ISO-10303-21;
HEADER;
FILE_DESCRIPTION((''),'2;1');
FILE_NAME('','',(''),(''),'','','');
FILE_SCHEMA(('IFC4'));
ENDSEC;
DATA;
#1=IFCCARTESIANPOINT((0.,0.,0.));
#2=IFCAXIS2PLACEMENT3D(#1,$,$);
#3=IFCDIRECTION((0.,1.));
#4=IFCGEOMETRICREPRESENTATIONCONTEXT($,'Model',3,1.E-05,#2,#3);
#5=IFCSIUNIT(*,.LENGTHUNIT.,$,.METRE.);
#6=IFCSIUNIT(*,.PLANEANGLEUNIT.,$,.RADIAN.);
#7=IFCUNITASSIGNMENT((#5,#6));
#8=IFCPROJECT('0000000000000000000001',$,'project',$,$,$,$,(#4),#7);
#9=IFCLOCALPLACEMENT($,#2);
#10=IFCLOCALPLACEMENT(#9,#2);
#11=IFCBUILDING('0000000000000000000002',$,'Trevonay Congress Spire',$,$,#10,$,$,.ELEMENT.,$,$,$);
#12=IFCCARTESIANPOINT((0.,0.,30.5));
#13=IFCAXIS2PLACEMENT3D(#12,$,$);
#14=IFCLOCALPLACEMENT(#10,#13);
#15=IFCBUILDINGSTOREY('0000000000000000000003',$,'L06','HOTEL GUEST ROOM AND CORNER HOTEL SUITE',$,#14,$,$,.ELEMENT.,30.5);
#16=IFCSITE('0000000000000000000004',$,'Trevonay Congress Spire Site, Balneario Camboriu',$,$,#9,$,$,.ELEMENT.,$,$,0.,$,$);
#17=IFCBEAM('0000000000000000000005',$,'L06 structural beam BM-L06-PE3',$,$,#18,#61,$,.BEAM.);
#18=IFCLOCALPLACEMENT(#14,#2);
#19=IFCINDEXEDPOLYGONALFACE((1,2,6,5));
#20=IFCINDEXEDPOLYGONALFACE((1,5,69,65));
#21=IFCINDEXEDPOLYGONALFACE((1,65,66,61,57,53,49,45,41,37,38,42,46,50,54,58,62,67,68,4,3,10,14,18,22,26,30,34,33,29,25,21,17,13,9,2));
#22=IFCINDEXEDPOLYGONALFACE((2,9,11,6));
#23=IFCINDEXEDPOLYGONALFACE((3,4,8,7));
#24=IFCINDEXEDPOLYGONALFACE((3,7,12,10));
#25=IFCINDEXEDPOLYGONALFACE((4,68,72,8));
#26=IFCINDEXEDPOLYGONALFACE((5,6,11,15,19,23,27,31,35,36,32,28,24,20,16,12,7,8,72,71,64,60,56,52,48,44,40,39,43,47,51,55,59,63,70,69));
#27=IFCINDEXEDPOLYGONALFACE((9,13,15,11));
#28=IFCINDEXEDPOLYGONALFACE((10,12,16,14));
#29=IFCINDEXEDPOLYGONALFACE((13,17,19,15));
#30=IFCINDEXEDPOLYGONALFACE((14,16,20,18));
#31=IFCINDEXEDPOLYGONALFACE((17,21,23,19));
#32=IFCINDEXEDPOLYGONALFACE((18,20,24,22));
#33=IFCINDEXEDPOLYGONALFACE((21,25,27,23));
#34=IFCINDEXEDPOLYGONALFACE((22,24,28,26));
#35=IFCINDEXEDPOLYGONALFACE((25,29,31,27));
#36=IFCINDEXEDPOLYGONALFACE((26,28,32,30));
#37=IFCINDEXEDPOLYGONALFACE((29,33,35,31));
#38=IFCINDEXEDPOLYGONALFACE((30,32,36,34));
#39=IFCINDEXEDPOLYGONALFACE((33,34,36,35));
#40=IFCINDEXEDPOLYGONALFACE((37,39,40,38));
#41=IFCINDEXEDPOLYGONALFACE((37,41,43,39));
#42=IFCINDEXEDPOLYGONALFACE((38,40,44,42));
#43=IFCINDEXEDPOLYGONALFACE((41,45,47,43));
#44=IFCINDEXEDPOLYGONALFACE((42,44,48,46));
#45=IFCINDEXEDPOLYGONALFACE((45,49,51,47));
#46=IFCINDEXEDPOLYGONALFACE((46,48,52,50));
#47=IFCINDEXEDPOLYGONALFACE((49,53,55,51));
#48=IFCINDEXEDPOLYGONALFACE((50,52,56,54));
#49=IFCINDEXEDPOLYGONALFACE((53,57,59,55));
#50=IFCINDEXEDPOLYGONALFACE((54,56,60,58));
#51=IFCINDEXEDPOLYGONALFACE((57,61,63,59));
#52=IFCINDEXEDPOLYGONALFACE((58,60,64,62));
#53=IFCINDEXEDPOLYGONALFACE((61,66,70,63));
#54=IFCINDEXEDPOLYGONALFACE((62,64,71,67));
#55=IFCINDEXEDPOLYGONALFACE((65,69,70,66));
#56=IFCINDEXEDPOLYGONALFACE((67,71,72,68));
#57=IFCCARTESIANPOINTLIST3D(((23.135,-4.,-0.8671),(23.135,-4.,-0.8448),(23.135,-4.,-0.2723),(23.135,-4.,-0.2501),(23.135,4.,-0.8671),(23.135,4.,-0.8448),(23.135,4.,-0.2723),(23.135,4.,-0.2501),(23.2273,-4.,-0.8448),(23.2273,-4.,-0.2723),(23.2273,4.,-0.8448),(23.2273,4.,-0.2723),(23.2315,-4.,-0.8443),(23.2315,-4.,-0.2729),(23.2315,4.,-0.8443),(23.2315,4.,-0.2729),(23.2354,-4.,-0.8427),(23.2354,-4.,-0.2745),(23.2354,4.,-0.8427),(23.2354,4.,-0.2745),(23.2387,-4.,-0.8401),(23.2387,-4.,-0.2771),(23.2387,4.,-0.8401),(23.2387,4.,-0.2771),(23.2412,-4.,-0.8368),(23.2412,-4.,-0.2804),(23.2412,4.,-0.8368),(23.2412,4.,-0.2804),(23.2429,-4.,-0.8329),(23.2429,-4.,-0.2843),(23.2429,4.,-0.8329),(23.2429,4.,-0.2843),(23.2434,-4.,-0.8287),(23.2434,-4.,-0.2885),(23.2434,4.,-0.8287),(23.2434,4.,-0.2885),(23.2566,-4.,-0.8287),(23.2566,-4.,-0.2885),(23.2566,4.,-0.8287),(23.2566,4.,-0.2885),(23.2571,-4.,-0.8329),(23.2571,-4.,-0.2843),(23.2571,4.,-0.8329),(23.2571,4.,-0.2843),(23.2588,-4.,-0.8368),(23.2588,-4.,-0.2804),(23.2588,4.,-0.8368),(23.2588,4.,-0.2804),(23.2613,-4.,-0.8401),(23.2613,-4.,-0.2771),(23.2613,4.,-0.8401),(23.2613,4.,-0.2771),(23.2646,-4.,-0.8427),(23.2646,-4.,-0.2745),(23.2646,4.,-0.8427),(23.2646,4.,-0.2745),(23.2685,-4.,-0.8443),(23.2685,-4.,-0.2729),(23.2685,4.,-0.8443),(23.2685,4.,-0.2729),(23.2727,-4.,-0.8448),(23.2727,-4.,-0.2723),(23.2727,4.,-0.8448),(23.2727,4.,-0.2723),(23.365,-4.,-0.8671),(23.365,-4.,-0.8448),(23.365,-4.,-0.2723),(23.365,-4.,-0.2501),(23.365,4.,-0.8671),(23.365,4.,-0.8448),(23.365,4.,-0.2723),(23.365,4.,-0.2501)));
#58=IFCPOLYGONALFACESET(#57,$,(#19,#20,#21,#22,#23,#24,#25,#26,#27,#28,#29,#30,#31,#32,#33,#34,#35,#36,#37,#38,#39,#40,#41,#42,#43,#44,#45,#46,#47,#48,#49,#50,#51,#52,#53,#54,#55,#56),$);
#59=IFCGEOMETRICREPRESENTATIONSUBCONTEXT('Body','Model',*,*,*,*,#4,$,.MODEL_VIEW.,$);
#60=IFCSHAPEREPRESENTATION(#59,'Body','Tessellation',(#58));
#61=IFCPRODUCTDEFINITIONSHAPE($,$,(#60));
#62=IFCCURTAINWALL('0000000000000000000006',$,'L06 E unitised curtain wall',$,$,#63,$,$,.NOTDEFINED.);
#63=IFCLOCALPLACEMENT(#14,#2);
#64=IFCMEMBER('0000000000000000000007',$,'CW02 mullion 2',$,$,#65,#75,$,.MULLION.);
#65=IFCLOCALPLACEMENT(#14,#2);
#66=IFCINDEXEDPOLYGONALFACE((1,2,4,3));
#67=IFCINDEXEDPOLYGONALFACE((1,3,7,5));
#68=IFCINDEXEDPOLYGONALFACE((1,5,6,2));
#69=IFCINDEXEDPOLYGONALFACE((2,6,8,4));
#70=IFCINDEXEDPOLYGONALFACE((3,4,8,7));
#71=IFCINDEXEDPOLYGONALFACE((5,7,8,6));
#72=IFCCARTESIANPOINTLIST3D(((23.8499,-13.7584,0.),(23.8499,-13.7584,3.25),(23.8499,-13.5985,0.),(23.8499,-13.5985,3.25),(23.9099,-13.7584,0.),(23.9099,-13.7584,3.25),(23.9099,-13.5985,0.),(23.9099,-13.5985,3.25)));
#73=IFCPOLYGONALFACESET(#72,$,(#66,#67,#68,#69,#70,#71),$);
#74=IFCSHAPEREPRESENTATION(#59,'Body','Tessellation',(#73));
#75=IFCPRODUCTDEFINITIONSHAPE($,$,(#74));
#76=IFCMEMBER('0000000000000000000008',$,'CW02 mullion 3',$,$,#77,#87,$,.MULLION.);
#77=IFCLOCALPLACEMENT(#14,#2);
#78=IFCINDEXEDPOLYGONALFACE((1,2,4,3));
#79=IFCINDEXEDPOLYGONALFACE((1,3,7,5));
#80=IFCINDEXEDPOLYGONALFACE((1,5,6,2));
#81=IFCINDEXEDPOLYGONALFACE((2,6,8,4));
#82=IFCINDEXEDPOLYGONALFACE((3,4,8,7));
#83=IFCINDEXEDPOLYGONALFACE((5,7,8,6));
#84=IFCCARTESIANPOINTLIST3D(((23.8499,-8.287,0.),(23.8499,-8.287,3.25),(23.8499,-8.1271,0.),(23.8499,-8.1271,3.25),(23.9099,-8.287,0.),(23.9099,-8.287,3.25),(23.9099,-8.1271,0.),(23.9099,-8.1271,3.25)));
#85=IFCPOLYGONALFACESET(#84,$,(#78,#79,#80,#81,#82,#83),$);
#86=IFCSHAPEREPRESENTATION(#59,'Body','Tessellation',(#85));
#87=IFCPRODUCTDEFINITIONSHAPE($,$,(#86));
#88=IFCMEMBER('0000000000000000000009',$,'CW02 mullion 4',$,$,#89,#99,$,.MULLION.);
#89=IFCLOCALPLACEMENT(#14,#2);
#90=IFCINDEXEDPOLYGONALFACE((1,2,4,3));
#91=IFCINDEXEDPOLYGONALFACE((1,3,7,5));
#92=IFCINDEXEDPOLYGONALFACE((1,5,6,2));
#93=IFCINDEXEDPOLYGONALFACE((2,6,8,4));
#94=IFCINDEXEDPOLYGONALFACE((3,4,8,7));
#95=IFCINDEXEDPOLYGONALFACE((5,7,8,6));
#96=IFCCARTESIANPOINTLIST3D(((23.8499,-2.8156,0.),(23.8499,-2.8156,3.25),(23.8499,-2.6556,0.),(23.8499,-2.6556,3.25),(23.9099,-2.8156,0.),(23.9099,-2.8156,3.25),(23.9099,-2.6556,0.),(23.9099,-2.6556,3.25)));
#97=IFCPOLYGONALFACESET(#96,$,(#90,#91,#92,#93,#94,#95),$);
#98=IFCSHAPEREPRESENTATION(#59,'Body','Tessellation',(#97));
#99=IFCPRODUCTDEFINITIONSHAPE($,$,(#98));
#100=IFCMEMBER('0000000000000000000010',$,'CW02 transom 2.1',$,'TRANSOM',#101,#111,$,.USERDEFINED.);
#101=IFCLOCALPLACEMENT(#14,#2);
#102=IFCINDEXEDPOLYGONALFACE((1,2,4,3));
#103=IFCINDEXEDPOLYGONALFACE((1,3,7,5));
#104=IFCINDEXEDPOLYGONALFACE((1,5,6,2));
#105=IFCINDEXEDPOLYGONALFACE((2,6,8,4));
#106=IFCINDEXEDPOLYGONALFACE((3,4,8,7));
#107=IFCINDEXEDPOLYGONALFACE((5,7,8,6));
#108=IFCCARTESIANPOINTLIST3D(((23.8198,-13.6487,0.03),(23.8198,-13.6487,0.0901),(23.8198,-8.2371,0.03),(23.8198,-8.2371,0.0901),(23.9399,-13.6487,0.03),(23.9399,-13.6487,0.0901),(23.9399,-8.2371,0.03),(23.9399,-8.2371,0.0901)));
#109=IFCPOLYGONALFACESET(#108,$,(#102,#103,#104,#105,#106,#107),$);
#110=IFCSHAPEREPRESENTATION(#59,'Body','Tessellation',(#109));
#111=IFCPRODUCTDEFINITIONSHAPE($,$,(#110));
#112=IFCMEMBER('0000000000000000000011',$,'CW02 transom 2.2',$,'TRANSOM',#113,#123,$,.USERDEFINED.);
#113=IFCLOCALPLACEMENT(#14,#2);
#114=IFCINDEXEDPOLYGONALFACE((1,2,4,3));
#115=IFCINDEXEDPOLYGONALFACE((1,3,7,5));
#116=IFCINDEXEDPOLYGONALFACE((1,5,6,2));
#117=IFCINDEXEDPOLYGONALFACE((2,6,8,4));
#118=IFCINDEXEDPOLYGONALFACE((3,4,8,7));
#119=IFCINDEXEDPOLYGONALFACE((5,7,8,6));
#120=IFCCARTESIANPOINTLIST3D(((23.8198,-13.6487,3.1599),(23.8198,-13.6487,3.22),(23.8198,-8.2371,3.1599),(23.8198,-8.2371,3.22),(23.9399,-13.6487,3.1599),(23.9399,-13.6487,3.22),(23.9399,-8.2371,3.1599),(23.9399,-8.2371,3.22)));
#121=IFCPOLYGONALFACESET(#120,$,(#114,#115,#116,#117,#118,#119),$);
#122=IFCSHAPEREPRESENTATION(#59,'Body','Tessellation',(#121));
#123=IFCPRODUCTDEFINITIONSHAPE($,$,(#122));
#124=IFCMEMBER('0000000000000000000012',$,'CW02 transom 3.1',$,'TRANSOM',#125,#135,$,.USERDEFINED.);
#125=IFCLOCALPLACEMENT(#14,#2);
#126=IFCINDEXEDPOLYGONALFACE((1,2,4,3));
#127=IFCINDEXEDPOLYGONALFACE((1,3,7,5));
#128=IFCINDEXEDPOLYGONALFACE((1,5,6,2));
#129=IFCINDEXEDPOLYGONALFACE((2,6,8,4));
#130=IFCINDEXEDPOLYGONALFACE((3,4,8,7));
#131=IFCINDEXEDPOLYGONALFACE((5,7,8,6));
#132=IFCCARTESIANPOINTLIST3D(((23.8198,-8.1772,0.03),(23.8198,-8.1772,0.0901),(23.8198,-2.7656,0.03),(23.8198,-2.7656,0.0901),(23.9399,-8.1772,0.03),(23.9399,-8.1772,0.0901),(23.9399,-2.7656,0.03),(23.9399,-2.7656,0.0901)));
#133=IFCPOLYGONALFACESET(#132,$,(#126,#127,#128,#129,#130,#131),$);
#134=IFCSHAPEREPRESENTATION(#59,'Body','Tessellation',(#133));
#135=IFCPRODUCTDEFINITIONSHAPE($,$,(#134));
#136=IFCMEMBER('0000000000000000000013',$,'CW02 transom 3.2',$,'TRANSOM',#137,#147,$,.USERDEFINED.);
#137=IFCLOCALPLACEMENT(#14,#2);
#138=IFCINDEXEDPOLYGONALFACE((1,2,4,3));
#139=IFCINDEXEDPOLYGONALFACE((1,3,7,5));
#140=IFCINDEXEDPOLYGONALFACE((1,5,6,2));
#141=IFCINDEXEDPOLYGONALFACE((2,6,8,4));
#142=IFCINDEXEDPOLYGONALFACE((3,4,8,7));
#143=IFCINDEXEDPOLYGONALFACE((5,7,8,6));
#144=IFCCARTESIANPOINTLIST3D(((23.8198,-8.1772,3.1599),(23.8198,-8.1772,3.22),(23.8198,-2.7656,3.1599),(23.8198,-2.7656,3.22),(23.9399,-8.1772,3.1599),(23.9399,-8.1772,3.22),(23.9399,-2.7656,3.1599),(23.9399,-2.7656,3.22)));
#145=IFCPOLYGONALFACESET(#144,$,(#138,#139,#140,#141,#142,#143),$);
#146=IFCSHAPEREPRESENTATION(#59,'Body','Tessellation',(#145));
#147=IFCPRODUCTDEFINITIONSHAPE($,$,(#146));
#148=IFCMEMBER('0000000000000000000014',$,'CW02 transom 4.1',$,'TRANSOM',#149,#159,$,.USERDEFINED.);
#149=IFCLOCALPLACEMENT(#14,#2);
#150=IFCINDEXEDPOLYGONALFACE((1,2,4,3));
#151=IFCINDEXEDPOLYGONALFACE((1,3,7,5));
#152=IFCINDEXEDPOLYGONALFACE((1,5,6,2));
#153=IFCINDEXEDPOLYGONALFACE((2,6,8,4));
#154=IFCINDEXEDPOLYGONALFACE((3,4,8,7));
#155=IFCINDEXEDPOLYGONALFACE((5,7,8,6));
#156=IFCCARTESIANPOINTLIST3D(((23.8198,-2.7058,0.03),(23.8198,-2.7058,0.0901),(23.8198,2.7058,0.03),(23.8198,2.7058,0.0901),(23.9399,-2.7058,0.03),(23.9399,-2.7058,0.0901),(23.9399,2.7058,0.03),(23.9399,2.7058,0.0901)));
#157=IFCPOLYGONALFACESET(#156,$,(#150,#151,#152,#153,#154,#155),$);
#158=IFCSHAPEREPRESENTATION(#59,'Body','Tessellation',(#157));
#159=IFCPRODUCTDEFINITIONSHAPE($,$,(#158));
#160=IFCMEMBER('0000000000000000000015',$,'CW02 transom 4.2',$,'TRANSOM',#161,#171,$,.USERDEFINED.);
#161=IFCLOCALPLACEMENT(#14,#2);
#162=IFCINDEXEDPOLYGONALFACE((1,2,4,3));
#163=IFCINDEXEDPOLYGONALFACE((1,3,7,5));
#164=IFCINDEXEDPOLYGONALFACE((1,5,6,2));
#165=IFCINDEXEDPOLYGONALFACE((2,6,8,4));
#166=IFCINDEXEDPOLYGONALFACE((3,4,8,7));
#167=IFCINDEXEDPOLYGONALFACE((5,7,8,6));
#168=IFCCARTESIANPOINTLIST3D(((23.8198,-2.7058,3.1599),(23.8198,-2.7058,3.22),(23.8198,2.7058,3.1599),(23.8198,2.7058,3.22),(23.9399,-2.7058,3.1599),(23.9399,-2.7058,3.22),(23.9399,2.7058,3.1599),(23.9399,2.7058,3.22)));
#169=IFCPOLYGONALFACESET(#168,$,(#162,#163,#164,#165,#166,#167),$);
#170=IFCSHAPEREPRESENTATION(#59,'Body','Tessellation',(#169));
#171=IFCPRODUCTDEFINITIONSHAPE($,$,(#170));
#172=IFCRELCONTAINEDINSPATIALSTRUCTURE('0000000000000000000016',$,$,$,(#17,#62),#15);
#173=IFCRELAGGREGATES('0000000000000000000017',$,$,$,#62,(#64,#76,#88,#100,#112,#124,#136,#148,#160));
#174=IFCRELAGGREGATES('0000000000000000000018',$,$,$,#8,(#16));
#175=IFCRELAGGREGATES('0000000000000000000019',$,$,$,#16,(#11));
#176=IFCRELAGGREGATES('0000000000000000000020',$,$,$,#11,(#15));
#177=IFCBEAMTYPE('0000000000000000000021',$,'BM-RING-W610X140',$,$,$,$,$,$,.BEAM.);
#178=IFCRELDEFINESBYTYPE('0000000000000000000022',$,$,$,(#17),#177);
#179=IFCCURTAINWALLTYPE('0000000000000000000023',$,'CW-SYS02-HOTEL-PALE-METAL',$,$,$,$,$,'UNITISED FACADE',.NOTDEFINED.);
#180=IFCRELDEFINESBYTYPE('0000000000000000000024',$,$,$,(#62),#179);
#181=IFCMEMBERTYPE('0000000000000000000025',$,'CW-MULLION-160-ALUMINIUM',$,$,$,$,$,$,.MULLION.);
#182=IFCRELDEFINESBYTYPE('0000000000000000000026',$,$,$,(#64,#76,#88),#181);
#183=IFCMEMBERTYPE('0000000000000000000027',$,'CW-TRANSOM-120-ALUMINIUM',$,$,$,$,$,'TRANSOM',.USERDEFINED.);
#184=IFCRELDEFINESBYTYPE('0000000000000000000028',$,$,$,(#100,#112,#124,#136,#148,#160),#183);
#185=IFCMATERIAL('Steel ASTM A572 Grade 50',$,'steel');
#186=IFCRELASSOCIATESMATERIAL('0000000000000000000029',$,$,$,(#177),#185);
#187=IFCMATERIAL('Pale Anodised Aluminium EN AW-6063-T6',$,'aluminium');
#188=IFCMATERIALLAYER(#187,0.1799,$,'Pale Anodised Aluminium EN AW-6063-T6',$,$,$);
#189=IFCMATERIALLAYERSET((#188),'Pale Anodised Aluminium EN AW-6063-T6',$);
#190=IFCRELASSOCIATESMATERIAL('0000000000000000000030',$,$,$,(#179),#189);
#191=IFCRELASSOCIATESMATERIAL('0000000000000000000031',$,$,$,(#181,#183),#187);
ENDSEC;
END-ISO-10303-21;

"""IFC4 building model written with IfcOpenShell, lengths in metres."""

from ifc_helpers import new_model, si_unit, direction, frame, origin, origin_2d, place, context, subcontext, project, spatial, rectangle, i_section, extrude, material, layer, layer_set, material_profile, profile_set, type_object, element, aggregate, save


model = new_model("IFC4")

# Units and contexts
model_context = context("Model", 3, precision=1e-05, world=origin(), true_north=direction((0.0, 1.0)))
body_context = subcontext(model_context, "Body", "Model", "MODEL_VIEW")
ifc_project = project(units=[si_unit("LENGTHUNIT", "METRE"), si_unit("PLANEANGLEUNIT", "RADIAN")], contexts=[model_context])

# Site, building, storey
site_placement = place(None, origin())
site = spatial("IfcSite", under=ifc_project, at=site_placement, Name="Trevonay Congress Spire Site, Balneario Camboriu", CompositionType="ELEMENT", RefElevation=0.0)
building_placement = place(site_placement, origin())
building = spatial("IfcBuilding", under=site, at=building_placement, Name="Trevonay Congress Spire", CompositionType="ELEMENT")
storey_placement = place(building_placement, frame((0.0, 0.0, 30.5)))
storey = spatial("IfcBuildingStorey", under=building, at=storey_placement, Name="L06", Description="HOTEL GUEST ROOM AND CORNER HOTEL SUITE", CompositionType="ELEMENT", Elevation=30.5)

# Shared definitions
ifc_material_1 = material(Name="Steel ASTM A572 Grade 50", Category="steel")

# Beam
ifc_material_profile_1 = material_profile(ifc_material_1, i_section(OverallWidth=0.23, OverallDepth=0.6169, WebThickness=0.0132, FlangeThickness=0.0222, FilletRadius=0.0161, at=origin_2d()), Name="W610x140")
ifc_profile_set_1 = profile_set([ifc_material_profile_1], Name="Steel ASTM A572 Grade 50")
beam_type_1 = type_object("IfcBeamType", Name="BM-RING-W610X140", PredefinedType="BEAM", material=ifc_profile_set_1)
for number, where, z_axis, x_axis, name in (
    (1, (23.25, -4.0, -0.5586), (0.0, 1.0, 0.0), (-1.0, 0.0, 0.0), "L06 structural beam BM-L06-PE3"),
):
    element("IfcBeam", number, at=place(storey_placement, frame(where, z_axis=z_axis, x_axis=x_axis)), inside=storey, type_object=beam_type_1, Name=name, PredefinedType="BEAM", context=body_context, shape_type="SweptSolid", body=[
        extrude(i_section(OverallWidth=0.23, OverallDepth=0.6169, WebThickness=0.0132, FlangeThickness=0.0222, FilletRadius=0.0161, at=origin_2d()), origin(), (0.0, 0.0, 1.0), 8.0),
    ])

# Curtain wall, members
ifc_material_2 = material(Name="Pale Anodised Aluminium EN AW-6063-T6", Category="aluminium")
ifc_layer_1 = layer(ifc_material_2, 0.1799, Name="Pale Anodised Aluminium EN AW-6063-T6")
ifc_layer_set_1 = layer_set([ifc_layer_1], Name="Pale Anodised Aluminium EN AW-6063-T6")
curtain_wall_type = type_object("IfcCurtainWallType", Name="CW-SYS02-HOTEL-PALE-METAL", ElementType="UNITISED FACADE", PredefinedType="NOTDEFINED", material=ifc_layer_set_1)
curtain_wall_placement = place(storey_placement, origin())
curtain_wall = element("IfcCurtainWall", 2, at=curtain_wall_placement, inside=storey, type_object=curtain_wall_type, Name="L06 E unitised curtain wall", PredefinedType="NOTDEFINED")
ifc_material_profile_2 = material_profile(ifc_material_2, rectangle(XDim=0.0601, YDim=0.1599, at=origin_2d()), Name="CW-MULLION-160-ALUMINIUM")
ifc_profile_set_2 = profile_set([ifc_material_profile_2], Name="Pale Anodised Aluminium EN AW-6063-T6")
member_type_1 = type_object("IfcMemberType", Name="CW-MULLION-160-ALUMINIUM", PredefinedType="MULLION", material=ifc_profile_set_2)
member_1_placement = place(storey_placement, frame((23.8799, -13.6785, 0.0), z_axis=(0.0, 0.0, 1.0), x_axis=(-1.0, 0.0, 0.0)))
member_1 = element("IfcMember", 3, at=member_1_placement, type_object=member_type_1, Name="CW02 mullion 2", PredefinedType="MULLION", context=body_context, shape_type="SweptSolid", body=[
    extrude(rectangle(XDim=0.0601, YDim=0.1599, at=origin_2d()), origin(), (0.0, 0.0, 1.0), 3.25),
])
member_2_placement = place(storey_placement, frame((23.8799, -8.207, 0.0), z_axis=(0.0, 0.0, 1.0), x_axis=(-1.0, 0.0, 0.0)))
member_2 = element("IfcMember", 4, at=member_2_placement, type_object=member_type_1, Name="CW02 mullion 3", PredefinedType="MULLION", context=body_context, shape_type="SweptSolid", body=[
    extrude(rectangle(XDim=0.0601, YDim=0.1599, at=origin_2d()), origin(), (0.0, 0.0, 1.0), 3.25),
])
member_3_placement = place(storey_placement, frame((23.8799, -2.7356, 0.0), z_axis=(0.0, 0.0, 1.0), x_axis=(-1.0, 0.0, 0.0)))
member_3 = element("IfcMember", 5, at=member_3_placement, type_object=member_type_1, Name="CW02 mullion 4", PredefinedType="MULLION", context=body_context, shape_type="SweptSolid", body=[
    extrude(rectangle(XDim=0.0601, YDim=0.1599, at=origin_2d()), origin(), (0.0, 0.0, 1.0), 3.25),
])
ifc_material_profile_3 = material_profile(ifc_material_2, rectangle(XDim=0.1201, YDim=0.0601, at=origin_2d()), Name="CW-TRANSOM-120-ALUMINIUM")
ifc_profile_set_3 = profile_set([ifc_material_profile_3], Name="Pale Anodised Aluminium EN AW-6063-T6")
member_type_2 = type_object("IfcMemberType", Name="CW-TRANSOM-120-ALUMINIUM", ElementType="TRANSOM", PredefinedType="USERDEFINED", material=ifc_profile_set_3)
member_4_placement = place(storey_placement, frame((23.8799, -13.6487, 0.0601), z_axis=(0.0, 1.0, 0.0), x_axis=(-1.0, 0.0, 0.0)))
member_4 = element("IfcMember", 6, at=member_4_placement, type_object=member_type_2, Name="CW02 transom 2.1", ObjectType="TRANSOM", PredefinedType="USERDEFINED", context=body_context, shape_type="SweptSolid", body=[
    extrude(rectangle(XDim=0.1201, YDim=0.0601, at=origin_2d()), origin(), (0.0, 0.0, 1.0), 5.4116),
])
member_5_placement = place(storey_placement, frame((23.8799, -13.6487, 3.1899), z_axis=(0.0, 1.0, 0.0), x_axis=(-1.0, 0.0, 0.0)))
member_5 = element("IfcMember", 7, at=member_5_placement, type_object=member_type_2, Name="CW02 transom 2.2", ObjectType="TRANSOM", PredefinedType="USERDEFINED", context=body_context, shape_type="SweptSolid", body=[
    extrude(rectangle(XDim=0.1201, YDim=0.0601, at=origin_2d()), origin(), (0.0, 0.0, 1.0), 5.4116),
])
member_6_placement = place(storey_placement, frame((23.8799, -8.1772, 0.0601), z_axis=(0.0, 1.0, 0.0), x_axis=(-1.0, 0.0, 0.0)))
member_6 = element("IfcMember", 8, at=member_6_placement, type_object=member_type_2, Name="CW02 transom 3.1", ObjectType="TRANSOM", PredefinedType="USERDEFINED", context=body_context, shape_type="SweptSolid", body=[
    extrude(rectangle(XDim=0.1201, YDim=0.0601, at=origin_2d()), origin(), (0.0, 0.0, 1.0), 5.4116),
])
member_7_placement = place(storey_placement, frame((23.8799, -8.1772, 3.1899), z_axis=(0.0, 1.0, 0.0), x_axis=(-1.0, 0.0, 0.0)))
member_7 = element("IfcMember", 9, at=member_7_placement, type_object=member_type_2, Name="CW02 transom 3.2", ObjectType="TRANSOM", PredefinedType="USERDEFINED", context=body_context, shape_type="SweptSolid", body=[
    extrude(rectangle(XDim=0.1201, YDim=0.0601, at=origin_2d()), origin(), (0.0, 0.0, 1.0), 5.4116),
])
member_8_placement = place(storey_placement, frame((23.8799, -2.7058, 0.0601), z_axis=(0.0, 1.0, 0.0), x_axis=(-1.0, 0.0, 0.0)))
member_8 = element("IfcMember", 10, at=member_8_placement, type_object=member_type_2, Name="CW02 transom 4.1", ObjectType="TRANSOM", PredefinedType="USERDEFINED", context=body_context, shape_type="SweptSolid", body=[
    extrude(rectangle(XDim=0.1201, YDim=0.0601, at=origin_2d()), origin(), (0.0, 0.0, 1.0), 5.4116),
])
member_9_placement = place(storey_placement, frame((23.8799, -2.7058, 3.1899), z_axis=(0.0, 1.0, 0.0), x_axis=(-1.0, 0.0, 0.0)))
member_9 = element("IfcMember", 11, at=member_9_placement, type_object=member_type_2, Name="CW02 transom 4.2", ObjectType="TRANSOM", PredefinedType="USERDEFINED", context=body_context, shape_type="SweptSolid", body=[
    extrude(rectangle(XDim=0.1201, YDim=0.0601, at=origin_2d()), origin(), (0.0, 0.0, 1.0), 5.4116),
])

aggregate(curtain_wall, [member_1, member_2, member_3, member_4, member_5, member_6, member_7, member_8, member_9])

save(model, "model.ifc")
